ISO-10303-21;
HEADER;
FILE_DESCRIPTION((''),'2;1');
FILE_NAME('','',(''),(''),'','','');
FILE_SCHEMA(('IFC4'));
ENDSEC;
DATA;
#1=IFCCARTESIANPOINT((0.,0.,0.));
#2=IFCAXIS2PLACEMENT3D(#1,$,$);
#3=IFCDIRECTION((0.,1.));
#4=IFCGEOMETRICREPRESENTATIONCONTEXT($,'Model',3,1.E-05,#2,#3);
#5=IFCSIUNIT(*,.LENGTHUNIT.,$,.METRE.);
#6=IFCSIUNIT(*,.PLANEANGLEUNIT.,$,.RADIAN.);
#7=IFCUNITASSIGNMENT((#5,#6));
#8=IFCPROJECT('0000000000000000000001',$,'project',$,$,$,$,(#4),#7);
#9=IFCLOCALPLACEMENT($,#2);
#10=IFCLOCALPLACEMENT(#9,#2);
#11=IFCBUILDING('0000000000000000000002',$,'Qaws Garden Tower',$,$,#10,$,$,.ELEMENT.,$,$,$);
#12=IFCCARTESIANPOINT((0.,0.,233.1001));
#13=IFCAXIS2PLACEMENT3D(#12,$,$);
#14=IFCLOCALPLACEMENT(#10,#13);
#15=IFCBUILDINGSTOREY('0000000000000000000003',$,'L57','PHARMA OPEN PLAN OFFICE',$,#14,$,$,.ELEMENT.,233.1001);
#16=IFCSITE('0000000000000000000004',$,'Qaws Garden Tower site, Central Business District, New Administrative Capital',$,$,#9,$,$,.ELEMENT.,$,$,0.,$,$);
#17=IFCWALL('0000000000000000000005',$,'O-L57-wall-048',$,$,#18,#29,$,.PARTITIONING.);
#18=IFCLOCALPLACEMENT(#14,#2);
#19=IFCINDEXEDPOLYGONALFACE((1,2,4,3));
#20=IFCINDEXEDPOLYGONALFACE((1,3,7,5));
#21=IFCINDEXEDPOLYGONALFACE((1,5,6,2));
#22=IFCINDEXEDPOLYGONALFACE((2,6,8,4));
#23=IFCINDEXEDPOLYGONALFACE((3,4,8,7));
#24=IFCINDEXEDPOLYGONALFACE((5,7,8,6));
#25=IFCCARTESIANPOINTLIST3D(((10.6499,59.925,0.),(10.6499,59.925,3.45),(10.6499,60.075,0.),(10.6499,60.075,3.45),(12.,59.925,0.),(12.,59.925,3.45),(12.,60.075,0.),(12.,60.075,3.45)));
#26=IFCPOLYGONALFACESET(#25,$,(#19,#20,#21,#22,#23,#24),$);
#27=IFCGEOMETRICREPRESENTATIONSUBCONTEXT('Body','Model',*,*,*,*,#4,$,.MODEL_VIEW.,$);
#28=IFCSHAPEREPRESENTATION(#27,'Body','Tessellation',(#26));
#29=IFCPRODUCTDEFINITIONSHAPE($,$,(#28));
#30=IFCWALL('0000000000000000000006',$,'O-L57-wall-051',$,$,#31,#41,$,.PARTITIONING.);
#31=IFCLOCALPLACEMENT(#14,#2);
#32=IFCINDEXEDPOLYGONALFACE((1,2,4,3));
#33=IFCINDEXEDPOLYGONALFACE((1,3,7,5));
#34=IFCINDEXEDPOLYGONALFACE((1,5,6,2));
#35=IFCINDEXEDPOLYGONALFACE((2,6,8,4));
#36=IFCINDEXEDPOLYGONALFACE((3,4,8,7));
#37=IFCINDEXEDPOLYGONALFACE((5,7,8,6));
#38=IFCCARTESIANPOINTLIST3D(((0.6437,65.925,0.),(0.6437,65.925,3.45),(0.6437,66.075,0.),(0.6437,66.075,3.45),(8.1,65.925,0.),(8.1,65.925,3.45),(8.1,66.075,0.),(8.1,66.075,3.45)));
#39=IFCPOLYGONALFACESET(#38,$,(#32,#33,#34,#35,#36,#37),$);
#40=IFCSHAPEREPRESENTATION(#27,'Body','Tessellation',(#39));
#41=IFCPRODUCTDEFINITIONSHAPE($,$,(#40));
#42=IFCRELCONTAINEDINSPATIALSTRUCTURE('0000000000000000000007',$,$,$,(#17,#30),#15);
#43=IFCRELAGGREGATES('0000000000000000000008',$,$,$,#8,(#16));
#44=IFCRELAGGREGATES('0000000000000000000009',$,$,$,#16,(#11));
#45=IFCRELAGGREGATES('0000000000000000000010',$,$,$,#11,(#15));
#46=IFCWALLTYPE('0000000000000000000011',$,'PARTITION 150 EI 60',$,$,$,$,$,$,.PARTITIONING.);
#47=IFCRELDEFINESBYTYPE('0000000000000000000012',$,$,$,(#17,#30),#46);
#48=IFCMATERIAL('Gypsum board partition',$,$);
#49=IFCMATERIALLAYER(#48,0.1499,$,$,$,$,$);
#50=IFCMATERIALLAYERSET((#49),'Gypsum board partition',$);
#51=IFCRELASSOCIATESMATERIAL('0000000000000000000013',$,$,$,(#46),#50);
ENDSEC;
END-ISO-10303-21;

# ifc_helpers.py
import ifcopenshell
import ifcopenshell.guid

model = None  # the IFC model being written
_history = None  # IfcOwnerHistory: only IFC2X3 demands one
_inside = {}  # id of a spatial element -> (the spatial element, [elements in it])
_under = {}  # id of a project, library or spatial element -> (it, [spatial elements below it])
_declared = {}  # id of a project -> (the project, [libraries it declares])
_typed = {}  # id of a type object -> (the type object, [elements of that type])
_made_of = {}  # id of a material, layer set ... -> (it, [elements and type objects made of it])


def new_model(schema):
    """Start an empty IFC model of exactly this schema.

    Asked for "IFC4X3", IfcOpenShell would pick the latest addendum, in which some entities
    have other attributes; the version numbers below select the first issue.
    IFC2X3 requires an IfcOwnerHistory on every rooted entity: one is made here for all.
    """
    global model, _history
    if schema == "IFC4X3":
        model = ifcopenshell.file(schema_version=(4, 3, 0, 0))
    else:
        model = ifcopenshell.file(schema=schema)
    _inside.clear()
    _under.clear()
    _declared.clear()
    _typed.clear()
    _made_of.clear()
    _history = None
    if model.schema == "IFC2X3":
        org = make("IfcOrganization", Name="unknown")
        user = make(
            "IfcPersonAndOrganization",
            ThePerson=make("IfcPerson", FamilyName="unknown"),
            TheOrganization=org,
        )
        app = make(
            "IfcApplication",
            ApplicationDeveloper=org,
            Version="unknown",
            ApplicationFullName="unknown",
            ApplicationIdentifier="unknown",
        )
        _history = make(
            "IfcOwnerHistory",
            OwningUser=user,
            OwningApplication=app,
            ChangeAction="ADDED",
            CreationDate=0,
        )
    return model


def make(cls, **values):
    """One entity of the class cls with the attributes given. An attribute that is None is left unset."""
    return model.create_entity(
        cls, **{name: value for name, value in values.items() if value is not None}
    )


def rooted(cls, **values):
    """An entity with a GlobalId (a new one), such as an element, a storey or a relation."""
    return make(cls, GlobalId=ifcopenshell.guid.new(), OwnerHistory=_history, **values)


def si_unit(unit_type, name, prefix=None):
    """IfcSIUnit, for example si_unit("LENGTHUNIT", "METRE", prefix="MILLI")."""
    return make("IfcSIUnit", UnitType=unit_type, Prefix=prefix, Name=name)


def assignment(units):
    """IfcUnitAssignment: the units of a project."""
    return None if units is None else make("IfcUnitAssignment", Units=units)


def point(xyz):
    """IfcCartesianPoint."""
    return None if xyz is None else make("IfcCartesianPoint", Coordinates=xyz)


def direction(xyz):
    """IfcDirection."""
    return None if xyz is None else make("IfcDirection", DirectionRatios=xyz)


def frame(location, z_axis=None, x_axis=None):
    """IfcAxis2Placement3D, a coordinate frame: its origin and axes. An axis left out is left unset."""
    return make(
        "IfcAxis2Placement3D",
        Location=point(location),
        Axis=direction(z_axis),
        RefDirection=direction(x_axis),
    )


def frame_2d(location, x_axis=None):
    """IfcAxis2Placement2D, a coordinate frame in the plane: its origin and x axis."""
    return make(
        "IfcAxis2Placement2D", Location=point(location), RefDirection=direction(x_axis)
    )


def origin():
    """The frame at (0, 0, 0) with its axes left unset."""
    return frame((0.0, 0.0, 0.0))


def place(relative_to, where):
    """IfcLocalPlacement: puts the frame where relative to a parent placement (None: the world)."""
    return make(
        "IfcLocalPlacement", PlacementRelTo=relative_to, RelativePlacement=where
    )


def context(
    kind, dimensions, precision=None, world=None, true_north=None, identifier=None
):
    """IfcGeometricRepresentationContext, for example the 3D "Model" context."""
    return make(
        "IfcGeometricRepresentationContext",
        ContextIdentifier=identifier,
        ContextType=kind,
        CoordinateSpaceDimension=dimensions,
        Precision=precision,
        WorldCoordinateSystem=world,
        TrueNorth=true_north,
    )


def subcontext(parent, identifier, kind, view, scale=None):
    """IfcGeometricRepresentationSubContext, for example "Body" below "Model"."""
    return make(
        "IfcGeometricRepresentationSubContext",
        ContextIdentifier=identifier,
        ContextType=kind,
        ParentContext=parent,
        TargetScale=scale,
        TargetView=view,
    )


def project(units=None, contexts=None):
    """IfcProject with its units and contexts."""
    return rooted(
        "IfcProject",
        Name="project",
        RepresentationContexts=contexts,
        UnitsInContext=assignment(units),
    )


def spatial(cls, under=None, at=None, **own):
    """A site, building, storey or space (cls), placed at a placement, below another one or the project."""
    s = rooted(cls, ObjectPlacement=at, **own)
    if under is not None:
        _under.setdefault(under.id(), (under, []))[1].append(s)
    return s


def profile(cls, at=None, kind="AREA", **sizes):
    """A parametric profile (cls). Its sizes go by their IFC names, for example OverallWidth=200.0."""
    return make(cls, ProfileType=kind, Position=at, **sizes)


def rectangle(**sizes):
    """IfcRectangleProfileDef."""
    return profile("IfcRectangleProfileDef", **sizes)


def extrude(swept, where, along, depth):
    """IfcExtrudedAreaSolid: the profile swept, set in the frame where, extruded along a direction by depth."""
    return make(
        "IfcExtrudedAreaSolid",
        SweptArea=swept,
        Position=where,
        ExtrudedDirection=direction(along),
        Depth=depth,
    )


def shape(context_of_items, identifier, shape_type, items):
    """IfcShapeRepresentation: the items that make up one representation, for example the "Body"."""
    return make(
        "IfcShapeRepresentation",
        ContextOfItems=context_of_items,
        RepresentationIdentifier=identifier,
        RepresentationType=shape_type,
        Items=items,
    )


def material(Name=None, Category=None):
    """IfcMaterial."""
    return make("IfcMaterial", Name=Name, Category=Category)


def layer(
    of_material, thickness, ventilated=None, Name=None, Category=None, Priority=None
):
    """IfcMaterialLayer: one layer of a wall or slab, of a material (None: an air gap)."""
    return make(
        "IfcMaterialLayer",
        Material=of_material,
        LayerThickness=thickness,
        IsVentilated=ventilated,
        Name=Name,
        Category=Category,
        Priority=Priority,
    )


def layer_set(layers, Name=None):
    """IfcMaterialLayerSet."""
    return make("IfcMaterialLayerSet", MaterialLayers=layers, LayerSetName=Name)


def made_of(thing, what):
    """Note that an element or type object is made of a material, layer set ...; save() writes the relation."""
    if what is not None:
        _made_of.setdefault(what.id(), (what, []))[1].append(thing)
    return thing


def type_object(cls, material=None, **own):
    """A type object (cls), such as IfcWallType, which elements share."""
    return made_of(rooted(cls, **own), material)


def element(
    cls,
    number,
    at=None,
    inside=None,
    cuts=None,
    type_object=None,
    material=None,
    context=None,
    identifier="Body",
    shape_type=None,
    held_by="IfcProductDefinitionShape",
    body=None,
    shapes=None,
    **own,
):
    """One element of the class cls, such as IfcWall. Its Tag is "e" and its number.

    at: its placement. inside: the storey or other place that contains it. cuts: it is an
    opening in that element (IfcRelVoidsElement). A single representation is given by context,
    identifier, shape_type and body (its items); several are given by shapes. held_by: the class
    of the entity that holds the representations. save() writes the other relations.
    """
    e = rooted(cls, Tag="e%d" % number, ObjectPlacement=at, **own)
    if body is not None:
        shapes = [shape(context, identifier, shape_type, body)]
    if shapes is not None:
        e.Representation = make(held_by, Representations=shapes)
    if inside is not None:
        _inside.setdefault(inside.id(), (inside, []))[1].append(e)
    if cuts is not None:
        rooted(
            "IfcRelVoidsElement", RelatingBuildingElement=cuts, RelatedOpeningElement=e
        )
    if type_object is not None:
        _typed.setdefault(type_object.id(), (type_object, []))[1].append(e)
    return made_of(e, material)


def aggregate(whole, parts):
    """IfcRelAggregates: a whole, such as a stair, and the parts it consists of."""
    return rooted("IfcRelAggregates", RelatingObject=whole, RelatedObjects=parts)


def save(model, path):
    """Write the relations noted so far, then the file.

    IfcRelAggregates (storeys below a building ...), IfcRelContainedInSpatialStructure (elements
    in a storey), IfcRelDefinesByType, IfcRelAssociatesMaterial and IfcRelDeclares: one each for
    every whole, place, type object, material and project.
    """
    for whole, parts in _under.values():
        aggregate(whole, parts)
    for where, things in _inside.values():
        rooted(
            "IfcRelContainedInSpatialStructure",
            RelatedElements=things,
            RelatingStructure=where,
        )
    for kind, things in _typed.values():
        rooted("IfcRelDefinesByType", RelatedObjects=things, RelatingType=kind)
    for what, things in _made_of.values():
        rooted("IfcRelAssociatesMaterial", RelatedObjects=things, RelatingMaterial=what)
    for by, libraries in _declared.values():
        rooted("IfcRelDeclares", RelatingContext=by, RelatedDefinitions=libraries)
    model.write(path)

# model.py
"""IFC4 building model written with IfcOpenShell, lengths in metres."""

from ifc_helpers import new_model, si_unit, direction, frame, frame_2d, origin, place, context, subcontext, project, spatial, rectangle, extrude, material, layer, layer_set, type_object, element, save


model = new_model("IFC4")

# Units and contexts
model_context = context("Model", 3, precision=1e-05, world=origin(), true_north=direction((0.0, 1.0)))
body_context = subcontext(model_context, "Body", "Model", "MODEL_VIEW")
ifc_project = project(units=[si_unit("LENGTHUNIT", "METRE"), si_unit("PLANEANGLEUNIT", "RADIAN")], contexts=[model_context])

# Site, building, storey
site_placement = place(None, origin())
site = spatial("IfcSite", under=ifc_project, at=site_placement, Name="Qaws Garden Tower site, Central Business District, New Administrative Capital", CompositionType="ELEMENT", RefElevation=0.0)
building_placement = place(site_placement, origin())
building = spatial("IfcBuilding", under=site, at=building_placement, Name="Qaws Garden Tower", CompositionType="ELEMENT")
storey_placement = place(building_placement, frame((0.0, 0.0, 233.1001)))
storey = spatial("IfcBuildingStorey", under=building, at=storey_placement, Name="L57", Description="PHARMA OPEN PLAN OFFICE", CompositionType="ELEMENT", Elevation=233.1001)

# Shared definitions
ifc_material_1 = material(Name="Gypsum board partition")
ifc_layer_1 = layer(ifc_material_1, 0.1499)
ifc_layer_set_1 = layer_set([ifc_layer_1], Name="Gypsum board partition")
wall_type_1 = type_object("IfcWallType", Name="PARTITION 150 EI 60", PredefinedType="PARTITIONING", material=ifc_layer_set_1)

# Walls
wall_1_placement = place(storey_placement, frame((10.6499, 60.0, 0.0), z_axis=(0.0, 0.0, 1.0), x_axis=(1.0, 0.0, 0.0)))
element("IfcWall", 1, at=wall_1_placement, inside=storey, type_object=wall_type_1, Name="O-L57-wall-048", PredefinedType="PARTITIONING", context=body_context, shape_type="SweptSolid", body=[
    extrude(rectangle(XDim=1.3501, YDim=0.1499, at=frame_2d((0.675, 0.0))), origin(), (0.0, 0.0, 1.0), 3.45),
])
wall_2_placement = place(storey_placement, frame((0.6438, 66.0, 0.0), z_axis=(0.0, 0.0, 1.0), x_axis=(1.0, 0.0, 0.0)))
element("IfcWall", 2, at=wall_2_placement, inside=storey, type_object=wall_type_1, Name="O-L57-wall-051", PredefinedType="PARTITIONING", context=body_context, shape_type="SweptSolid", body=[
    extrude(rectangle(XDim=7.4563, YDim=0.1499, at=frame_2d((3.728, 0.0))), origin(), (0.0, 0.0, 1.0), 3.45),
])

save(model, "model.ifc")
